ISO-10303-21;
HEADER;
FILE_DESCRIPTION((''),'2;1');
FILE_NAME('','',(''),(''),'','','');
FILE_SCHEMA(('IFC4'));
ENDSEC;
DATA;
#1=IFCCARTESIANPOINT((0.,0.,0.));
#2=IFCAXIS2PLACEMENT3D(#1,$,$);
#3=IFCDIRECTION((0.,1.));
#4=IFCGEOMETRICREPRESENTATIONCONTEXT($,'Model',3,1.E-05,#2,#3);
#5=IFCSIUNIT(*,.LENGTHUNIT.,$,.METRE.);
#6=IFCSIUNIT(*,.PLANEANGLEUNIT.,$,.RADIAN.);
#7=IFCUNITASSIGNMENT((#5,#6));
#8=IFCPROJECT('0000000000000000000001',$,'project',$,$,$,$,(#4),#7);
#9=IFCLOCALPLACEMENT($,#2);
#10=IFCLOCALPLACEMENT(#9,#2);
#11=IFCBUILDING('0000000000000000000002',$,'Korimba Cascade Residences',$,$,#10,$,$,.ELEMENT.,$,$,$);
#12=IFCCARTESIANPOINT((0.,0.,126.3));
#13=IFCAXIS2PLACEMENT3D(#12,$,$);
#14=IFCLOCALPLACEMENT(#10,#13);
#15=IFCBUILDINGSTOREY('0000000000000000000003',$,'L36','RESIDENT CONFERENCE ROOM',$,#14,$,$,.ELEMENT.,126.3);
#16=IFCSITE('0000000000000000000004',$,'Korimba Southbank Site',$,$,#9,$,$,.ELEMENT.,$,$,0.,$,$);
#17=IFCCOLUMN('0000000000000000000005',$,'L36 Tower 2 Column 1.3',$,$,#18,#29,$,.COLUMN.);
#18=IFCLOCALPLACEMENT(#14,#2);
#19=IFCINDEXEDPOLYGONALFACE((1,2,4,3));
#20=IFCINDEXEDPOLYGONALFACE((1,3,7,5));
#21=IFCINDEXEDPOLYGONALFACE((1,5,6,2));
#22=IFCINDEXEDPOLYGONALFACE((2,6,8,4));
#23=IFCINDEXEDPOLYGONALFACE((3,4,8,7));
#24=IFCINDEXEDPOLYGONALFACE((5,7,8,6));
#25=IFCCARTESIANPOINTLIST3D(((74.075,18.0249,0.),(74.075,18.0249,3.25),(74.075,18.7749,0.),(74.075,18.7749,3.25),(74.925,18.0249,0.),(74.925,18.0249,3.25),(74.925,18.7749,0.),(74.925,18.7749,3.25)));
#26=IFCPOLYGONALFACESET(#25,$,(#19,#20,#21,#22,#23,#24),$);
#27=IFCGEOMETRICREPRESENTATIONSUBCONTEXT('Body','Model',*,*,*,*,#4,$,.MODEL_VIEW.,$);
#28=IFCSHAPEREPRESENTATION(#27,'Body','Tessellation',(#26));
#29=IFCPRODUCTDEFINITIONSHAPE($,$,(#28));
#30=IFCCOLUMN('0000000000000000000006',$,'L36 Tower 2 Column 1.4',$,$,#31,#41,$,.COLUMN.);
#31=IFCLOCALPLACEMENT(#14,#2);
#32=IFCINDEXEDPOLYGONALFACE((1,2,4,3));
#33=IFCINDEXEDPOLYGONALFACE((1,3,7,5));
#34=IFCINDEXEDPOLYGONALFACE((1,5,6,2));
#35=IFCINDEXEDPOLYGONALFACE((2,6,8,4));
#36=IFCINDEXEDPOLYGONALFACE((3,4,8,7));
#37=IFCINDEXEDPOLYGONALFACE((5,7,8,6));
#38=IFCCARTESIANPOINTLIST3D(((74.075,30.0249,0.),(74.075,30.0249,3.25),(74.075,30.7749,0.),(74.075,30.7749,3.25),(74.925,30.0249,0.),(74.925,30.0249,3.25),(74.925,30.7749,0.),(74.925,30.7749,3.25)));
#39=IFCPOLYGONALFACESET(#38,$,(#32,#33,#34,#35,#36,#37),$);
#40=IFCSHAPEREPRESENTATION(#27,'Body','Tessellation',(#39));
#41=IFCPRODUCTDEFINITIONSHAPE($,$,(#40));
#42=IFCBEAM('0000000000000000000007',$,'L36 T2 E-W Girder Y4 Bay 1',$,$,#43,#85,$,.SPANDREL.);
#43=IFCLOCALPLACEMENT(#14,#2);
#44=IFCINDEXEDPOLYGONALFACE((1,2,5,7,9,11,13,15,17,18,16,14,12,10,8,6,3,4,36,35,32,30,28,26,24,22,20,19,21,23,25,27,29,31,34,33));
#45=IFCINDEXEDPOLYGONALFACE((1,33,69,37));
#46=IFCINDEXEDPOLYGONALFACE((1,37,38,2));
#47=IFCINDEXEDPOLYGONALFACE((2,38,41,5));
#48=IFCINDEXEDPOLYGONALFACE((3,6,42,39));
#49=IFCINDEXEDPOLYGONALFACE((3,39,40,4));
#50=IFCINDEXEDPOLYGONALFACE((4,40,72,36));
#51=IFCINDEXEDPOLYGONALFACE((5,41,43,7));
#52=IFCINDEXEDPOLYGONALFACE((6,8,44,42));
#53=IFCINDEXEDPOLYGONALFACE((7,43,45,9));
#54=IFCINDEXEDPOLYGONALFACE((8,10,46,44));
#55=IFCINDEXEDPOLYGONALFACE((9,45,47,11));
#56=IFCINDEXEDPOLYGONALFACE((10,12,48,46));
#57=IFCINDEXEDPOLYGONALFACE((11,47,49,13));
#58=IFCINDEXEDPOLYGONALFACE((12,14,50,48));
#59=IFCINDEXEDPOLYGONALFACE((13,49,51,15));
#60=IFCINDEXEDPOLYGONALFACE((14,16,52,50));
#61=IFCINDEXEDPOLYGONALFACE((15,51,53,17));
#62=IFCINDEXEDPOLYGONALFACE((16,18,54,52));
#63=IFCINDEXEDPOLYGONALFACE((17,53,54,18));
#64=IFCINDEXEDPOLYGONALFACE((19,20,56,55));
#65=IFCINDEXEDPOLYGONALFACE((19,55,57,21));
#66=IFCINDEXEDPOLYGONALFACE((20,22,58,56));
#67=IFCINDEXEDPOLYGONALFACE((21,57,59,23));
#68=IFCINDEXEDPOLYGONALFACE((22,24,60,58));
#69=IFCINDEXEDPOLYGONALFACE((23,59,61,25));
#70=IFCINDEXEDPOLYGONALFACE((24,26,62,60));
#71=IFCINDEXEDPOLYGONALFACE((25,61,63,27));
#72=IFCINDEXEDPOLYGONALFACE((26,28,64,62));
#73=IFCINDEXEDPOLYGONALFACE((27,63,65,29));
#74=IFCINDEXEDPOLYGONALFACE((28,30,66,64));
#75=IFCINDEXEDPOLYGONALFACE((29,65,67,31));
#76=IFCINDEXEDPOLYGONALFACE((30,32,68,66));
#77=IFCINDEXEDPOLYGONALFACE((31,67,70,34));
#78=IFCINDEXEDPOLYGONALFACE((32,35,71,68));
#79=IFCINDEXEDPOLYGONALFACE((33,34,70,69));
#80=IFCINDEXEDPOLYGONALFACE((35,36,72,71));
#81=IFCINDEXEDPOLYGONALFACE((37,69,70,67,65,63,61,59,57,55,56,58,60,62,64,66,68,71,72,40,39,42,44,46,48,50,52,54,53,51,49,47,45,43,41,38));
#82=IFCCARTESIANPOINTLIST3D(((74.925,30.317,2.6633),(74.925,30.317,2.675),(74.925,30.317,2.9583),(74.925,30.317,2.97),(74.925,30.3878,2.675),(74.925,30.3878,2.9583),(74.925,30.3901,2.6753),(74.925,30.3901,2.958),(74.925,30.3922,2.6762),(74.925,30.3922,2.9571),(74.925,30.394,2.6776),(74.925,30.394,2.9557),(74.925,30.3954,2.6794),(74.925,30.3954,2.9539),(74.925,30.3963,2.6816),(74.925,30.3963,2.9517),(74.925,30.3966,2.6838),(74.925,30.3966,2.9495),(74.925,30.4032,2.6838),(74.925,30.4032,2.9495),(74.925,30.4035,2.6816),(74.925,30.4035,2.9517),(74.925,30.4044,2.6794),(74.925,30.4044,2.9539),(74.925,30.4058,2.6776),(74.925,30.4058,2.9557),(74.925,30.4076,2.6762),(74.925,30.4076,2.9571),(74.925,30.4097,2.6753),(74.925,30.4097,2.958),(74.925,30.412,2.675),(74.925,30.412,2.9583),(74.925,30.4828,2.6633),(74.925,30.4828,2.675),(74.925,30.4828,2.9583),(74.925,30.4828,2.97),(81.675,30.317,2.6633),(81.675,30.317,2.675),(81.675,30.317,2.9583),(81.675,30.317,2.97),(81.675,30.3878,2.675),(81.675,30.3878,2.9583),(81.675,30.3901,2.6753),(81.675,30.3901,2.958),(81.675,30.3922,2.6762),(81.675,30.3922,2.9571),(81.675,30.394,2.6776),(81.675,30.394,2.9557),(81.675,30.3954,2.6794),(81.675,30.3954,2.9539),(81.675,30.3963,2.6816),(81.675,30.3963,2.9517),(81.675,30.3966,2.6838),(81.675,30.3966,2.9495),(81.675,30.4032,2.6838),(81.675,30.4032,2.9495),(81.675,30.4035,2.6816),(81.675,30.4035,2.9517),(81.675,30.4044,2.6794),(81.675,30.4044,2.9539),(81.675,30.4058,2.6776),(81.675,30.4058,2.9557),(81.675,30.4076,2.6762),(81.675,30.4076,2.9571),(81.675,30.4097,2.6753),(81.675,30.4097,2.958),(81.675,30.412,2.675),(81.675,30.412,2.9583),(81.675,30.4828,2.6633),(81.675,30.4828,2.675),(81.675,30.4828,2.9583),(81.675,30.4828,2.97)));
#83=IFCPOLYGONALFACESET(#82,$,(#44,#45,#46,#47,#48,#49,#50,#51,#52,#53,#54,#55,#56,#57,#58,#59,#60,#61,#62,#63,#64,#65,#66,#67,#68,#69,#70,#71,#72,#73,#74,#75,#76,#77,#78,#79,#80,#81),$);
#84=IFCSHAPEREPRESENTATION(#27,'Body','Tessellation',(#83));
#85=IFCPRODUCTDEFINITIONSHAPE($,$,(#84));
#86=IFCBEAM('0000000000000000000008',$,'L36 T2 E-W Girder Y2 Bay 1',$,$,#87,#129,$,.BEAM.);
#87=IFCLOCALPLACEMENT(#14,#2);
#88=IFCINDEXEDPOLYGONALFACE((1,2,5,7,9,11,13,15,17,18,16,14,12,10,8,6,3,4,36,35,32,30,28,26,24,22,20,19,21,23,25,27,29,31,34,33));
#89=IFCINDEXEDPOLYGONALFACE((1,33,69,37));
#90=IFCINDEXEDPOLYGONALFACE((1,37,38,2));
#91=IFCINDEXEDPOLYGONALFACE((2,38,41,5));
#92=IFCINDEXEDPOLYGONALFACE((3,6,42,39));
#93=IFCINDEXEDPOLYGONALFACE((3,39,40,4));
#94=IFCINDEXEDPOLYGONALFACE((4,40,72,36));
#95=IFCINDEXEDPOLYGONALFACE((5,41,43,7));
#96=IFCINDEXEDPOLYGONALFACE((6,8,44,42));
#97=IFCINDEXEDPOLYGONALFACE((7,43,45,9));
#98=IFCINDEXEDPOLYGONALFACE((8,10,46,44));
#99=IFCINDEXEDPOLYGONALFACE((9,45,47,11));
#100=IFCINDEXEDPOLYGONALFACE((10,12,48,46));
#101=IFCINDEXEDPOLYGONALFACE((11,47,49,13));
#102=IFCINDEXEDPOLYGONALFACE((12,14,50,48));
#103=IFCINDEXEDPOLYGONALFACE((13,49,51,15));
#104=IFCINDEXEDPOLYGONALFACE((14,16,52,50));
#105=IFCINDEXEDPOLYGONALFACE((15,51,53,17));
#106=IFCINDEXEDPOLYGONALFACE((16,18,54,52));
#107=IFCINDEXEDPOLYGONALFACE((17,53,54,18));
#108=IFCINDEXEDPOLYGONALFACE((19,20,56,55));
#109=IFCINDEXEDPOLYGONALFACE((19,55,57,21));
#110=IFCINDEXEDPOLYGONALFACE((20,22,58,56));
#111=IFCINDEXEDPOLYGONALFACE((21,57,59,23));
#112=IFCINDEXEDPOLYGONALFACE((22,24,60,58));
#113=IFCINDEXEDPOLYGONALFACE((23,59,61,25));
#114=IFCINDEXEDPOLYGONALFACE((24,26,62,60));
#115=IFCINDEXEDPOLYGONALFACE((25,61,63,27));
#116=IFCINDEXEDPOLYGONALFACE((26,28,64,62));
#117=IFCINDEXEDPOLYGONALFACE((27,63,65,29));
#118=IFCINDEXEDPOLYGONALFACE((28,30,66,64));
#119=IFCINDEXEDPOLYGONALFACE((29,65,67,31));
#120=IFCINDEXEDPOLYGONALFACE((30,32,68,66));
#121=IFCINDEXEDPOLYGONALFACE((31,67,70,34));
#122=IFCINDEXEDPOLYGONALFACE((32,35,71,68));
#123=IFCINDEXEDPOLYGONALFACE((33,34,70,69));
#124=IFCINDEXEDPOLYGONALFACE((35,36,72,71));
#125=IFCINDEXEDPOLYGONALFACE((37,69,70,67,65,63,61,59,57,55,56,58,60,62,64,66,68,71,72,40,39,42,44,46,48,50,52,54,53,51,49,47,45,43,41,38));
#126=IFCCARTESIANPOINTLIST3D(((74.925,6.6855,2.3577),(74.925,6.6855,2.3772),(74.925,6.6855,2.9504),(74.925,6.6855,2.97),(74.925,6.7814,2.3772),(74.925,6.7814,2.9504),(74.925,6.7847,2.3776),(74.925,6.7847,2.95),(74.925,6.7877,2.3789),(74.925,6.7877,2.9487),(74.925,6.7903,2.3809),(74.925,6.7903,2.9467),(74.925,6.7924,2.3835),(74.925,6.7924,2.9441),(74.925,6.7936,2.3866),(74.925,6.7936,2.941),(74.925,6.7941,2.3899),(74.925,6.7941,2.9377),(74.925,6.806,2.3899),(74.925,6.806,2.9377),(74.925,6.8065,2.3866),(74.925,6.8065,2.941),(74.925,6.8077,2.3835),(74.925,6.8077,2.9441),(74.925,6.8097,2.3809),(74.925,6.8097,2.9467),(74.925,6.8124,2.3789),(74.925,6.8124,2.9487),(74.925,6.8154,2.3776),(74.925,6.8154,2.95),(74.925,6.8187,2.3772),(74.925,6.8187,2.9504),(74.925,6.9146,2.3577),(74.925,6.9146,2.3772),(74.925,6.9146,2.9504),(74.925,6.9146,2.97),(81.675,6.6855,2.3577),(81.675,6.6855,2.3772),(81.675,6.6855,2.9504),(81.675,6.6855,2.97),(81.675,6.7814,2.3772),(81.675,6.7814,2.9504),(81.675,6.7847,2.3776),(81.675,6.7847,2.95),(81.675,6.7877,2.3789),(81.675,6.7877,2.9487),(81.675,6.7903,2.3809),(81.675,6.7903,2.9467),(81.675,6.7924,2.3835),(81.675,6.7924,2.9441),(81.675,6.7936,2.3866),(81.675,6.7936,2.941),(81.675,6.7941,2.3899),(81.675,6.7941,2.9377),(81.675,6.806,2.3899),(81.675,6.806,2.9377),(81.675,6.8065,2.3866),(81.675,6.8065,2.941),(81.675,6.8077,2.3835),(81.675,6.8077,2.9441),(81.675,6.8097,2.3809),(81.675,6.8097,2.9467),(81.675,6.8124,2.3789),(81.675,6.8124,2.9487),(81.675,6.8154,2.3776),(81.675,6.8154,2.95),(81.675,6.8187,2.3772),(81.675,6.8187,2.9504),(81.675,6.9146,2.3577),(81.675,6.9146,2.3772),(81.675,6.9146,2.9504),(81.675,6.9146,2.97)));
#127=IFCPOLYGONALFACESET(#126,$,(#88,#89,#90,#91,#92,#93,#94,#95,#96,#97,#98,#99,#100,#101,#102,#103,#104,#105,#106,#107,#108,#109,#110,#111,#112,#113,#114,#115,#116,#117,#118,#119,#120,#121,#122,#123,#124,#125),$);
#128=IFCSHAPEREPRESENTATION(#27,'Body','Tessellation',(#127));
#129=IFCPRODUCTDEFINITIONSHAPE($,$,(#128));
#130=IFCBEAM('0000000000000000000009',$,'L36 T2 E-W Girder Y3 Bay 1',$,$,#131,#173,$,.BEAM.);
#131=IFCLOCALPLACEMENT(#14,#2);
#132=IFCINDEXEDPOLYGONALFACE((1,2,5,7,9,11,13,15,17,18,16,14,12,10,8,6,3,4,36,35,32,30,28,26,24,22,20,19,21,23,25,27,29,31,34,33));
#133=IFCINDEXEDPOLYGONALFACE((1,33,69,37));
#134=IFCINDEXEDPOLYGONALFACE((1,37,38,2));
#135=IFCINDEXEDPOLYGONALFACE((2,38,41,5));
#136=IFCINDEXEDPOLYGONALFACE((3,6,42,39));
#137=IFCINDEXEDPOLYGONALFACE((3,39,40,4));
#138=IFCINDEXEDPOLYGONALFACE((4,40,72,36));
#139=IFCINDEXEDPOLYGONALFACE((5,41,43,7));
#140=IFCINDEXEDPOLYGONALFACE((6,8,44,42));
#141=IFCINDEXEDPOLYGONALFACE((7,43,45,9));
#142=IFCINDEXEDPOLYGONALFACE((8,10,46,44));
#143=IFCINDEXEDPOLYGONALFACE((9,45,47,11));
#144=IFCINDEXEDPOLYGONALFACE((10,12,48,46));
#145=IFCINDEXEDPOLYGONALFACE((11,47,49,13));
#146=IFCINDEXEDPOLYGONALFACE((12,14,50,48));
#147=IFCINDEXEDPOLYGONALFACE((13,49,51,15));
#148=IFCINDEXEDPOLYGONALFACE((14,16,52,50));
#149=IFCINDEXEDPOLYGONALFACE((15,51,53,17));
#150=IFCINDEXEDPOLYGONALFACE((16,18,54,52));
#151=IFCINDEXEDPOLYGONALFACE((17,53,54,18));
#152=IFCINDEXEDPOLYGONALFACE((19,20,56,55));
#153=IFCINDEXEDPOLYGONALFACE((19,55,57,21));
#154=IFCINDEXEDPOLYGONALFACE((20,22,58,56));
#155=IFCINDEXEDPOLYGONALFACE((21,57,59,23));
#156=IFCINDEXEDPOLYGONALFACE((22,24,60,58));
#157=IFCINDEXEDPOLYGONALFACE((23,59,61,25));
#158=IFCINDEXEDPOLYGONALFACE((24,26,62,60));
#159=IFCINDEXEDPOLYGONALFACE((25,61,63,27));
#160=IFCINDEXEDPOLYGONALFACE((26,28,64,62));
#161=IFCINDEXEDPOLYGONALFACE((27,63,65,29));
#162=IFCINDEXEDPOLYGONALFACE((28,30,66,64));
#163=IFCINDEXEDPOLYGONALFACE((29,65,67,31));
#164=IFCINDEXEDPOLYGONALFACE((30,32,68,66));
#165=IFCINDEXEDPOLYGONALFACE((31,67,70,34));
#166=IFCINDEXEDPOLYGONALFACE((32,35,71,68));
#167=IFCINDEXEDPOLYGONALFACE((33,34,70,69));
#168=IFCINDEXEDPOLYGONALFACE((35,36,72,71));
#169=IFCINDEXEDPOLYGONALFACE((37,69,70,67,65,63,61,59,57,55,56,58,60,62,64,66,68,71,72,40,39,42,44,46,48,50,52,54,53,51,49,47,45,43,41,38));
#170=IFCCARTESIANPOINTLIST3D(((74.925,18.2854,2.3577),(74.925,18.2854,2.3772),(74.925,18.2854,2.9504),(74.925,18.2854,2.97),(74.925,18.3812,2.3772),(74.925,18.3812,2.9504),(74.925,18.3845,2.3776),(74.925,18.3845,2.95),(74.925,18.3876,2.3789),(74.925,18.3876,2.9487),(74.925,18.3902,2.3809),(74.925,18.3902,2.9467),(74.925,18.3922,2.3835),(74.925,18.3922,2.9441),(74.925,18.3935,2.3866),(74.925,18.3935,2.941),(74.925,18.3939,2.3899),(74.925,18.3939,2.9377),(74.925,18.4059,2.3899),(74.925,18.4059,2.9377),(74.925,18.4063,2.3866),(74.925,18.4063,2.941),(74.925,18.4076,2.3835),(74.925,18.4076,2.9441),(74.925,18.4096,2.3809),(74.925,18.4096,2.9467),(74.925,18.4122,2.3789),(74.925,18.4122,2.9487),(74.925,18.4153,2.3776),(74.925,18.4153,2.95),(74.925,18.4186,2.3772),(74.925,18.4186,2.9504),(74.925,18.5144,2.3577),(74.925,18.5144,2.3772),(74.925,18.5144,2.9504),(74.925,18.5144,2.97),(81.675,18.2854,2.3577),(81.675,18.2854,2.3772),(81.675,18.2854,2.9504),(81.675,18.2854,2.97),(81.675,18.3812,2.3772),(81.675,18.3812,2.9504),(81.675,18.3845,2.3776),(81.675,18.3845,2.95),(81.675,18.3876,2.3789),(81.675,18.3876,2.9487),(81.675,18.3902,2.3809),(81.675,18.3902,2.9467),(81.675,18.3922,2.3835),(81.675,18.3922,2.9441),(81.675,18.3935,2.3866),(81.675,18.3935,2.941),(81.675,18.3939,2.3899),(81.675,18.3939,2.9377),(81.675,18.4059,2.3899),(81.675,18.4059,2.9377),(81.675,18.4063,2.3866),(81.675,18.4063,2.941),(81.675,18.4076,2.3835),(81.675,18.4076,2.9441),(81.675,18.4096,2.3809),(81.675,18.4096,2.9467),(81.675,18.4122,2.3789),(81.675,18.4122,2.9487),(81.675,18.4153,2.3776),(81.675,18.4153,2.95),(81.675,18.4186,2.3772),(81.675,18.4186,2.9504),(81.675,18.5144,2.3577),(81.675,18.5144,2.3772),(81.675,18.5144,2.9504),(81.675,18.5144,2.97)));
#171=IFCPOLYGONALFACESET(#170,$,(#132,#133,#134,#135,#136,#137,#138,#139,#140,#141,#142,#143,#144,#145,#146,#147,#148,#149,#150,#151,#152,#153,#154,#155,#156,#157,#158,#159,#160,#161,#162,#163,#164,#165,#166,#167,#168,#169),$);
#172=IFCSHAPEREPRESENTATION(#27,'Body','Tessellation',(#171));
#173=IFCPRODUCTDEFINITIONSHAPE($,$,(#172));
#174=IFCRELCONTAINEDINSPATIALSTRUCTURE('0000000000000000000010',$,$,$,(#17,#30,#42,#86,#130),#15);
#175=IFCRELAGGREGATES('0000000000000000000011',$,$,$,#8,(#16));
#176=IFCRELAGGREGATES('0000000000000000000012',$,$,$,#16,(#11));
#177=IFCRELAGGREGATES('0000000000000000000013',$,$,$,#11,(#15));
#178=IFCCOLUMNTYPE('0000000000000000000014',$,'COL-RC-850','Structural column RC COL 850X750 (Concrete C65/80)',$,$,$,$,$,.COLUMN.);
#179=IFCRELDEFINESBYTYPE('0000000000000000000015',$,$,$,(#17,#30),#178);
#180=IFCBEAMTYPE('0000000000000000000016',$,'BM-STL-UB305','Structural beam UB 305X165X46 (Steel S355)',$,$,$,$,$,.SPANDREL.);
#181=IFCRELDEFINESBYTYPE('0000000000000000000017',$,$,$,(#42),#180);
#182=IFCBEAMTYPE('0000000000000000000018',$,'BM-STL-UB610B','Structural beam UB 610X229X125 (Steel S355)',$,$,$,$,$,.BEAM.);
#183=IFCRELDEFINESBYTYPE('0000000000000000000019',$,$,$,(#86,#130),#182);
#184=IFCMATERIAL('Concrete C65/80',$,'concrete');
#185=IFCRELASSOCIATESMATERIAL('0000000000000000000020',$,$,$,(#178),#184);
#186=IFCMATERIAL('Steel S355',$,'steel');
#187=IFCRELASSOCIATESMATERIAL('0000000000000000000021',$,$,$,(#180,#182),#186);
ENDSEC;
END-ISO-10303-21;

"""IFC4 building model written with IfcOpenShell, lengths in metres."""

from ifc_helpers import new_model, si_unit, direction, frame, origin, origin_2d, place, context, subcontext, project, spatial, rectangle, i_section, extrude, material, material_profile, profile_set, type_object, element, save


model = new_model("IFC4")

# Units and contexts
model_context = context("Model", 3, precision=1e-05, world=origin(), true_north=direction((0.0, 1.0)))
body_context = subcontext(model_context, "Body", "Model", "MODEL_VIEW")
ifc_project = project(units=[si_unit("LENGTHUNIT", "METRE"), si_unit("PLANEANGLEUNIT", "RADIAN")], contexts=[model_context])

# Site, building, storey
site_placement = place(None, origin())
site = spatial("IfcSite", under=ifc_project, at=site_placement, Name="Korimba Southbank Site", CompositionType="ELEMENT", RefElevation=0.0)
building_placement = place(site_placement, origin())
building = spatial("IfcBuilding", under=site, at=building_placement, Name="Korimba Cascade Residences", CompositionType="ELEMENT")
storey_placement = place(building_placement, frame((0.0, 0.0, 126.3)))
storey = spatial("IfcBuildingStorey", under=building, at=storey_placement, Name="L36", Description="RESIDENT CONFERENCE ROOM", CompositionType="ELEMENT", Elevation=126.3)

# Columns
ifc_material_1 = material(Name="Concrete C65/80", Category="concrete")
ifc_material_profile_1 = material_profile(ifc_material_1, rectangle(XDim=0.8501, YDim=0.75, at=origin_2d()), Name="Concrete C65/80")
ifc_profile_set_1 = profile_set([ifc_material_profile_1], Name="Concrete C65/80")
column_type = type_object("IfcColumnType", Name="COL-RC-850", Description="Structural column RC COL 850X750 (Concrete C65/80)", PredefinedType="COLUMN", material=ifc_profile_set_1)
for number, where, z_axis, x_axis, name in (
    (1, (74.5, 18.3999, 0.0), (0.0, 0.0, 1.0), (1.0, 0.0, 0.0), "L36 Tower 2 Column 1.3"),
    (2, (74.5, 30.3999, 0.0), (0.0, 0.0, 1.0), (1.0, 0.0, 0.0), "L36 Tower 2 Column 1.4"),
):
    element("IfcColumn", number, at=place(storey_placement, frame(where, z_axis=z_axis, x_axis=x_axis)), inside=storey, type_object=column_type, Name=name, PredefinedType="COLUMN", context=body_context, shape_type="SweptSolid", body=[
        extrude(rectangle(XDim=0.8501, YDim=0.75, at=origin_2d()), origin(), (0.0, 0.0, 1.0), 3.25),
    ])

# Beams
ifc_material_2 = material(Name="Steel S355", Category="steel")
ifc_material_profile_2 = material_profile(ifc_material_2, i_section(OverallWidth=0.1658, OverallDepth=0.3066, WebThickness=0.0066, FlangeThickness=0.0117, FilletRadius=0.0088, at=origin_2d()), Name="Steel S355")
ifc_profile_set_2 = profile_set([ifc_material_profile_2], Name="Steel S355")
beam_type_1 = type_object("IfcBeamType", Name="BM-STL-UB305", Description="Structural beam UB 305X165X46 (Steel S355)", PredefinedType="SPANDREL", material=ifc_profile_set_2)
beam_1_placement = place(storey_placement, frame((74.925, 30.3999, 2.8167), z_axis=(1.0, 0.0, 0.0), x_axis=(0.0, 1.0, 0.0)))
element("IfcBeam", 3, at=beam_1_placement, inside=storey, type_object=beam_type_1, Name="L36 T2 E-W Girder Y4 Bay 1", PredefinedType="SPANDREL", context=body_context, shape_type="SweptSolid", body=[
    extrude(i_section(OverallWidth=0.1658, OverallDepth=0.3066, WebThickness=0.0066, FlangeThickness=0.0117, FilletRadius=0.0088, at=origin_2d()), origin(), (0.0, 0.0, 1.0), 6.75),
])
ifc_material_profile_3 = material_profile(ifc_material_2, i_section(OverallWidth=0.229, OverallDepth=0.6123, WebThickness=0.012, FlangeThickness=0.0195, FilletRadius=0.0127, at=origin_2d()), Name="Steel S355")
ifc_profile_set_3 = profile_set([ifc_material_profile_3], Name="Steel S355")
beam_type_2 = type_object("IfcBeamType", Name="BM-STL-UB610B", Description="Structural beam UB 610X229X125 (Steel S355)", PredefinedType="BEAM", material=ifc_profile_set_3)
for number, where, z_axis, x_axis, name in (
    (4, (74.925, 6.8, 2.6638), (1.0, 0.0, 0.0), (0.0, 1.0, 0.0), "L36 T2 E-W Girder Y2 Bay 1"),
    (5, (74.925, 18.3999, 2.6638), (1.0, 0.0, 0.0), (0.0, 1.0, 0.0), "L36 T2 E-W Girder Y3 Bay 1"),
):
    element("IfcBeam", number, at=place(storey_placement, frame(where, z_axis=z_axis, x_axis=x_axis)), inside=storey, type_object=beam_type_2, Name=name, PredefinedType="BEAM", context=body_context, shape_type="SweptSolid", body=[
        extrude(i_section(OverallWidth=0.229, OverallDepth=0.6123, WebThickness=0.012, FlangeThickness=0.0195, FilletRadius=0.0127, at=origin_2d()), origin(), (0.0, 0.0, 1.0), 6.75),
    ])

save(model, "model.ifc")
